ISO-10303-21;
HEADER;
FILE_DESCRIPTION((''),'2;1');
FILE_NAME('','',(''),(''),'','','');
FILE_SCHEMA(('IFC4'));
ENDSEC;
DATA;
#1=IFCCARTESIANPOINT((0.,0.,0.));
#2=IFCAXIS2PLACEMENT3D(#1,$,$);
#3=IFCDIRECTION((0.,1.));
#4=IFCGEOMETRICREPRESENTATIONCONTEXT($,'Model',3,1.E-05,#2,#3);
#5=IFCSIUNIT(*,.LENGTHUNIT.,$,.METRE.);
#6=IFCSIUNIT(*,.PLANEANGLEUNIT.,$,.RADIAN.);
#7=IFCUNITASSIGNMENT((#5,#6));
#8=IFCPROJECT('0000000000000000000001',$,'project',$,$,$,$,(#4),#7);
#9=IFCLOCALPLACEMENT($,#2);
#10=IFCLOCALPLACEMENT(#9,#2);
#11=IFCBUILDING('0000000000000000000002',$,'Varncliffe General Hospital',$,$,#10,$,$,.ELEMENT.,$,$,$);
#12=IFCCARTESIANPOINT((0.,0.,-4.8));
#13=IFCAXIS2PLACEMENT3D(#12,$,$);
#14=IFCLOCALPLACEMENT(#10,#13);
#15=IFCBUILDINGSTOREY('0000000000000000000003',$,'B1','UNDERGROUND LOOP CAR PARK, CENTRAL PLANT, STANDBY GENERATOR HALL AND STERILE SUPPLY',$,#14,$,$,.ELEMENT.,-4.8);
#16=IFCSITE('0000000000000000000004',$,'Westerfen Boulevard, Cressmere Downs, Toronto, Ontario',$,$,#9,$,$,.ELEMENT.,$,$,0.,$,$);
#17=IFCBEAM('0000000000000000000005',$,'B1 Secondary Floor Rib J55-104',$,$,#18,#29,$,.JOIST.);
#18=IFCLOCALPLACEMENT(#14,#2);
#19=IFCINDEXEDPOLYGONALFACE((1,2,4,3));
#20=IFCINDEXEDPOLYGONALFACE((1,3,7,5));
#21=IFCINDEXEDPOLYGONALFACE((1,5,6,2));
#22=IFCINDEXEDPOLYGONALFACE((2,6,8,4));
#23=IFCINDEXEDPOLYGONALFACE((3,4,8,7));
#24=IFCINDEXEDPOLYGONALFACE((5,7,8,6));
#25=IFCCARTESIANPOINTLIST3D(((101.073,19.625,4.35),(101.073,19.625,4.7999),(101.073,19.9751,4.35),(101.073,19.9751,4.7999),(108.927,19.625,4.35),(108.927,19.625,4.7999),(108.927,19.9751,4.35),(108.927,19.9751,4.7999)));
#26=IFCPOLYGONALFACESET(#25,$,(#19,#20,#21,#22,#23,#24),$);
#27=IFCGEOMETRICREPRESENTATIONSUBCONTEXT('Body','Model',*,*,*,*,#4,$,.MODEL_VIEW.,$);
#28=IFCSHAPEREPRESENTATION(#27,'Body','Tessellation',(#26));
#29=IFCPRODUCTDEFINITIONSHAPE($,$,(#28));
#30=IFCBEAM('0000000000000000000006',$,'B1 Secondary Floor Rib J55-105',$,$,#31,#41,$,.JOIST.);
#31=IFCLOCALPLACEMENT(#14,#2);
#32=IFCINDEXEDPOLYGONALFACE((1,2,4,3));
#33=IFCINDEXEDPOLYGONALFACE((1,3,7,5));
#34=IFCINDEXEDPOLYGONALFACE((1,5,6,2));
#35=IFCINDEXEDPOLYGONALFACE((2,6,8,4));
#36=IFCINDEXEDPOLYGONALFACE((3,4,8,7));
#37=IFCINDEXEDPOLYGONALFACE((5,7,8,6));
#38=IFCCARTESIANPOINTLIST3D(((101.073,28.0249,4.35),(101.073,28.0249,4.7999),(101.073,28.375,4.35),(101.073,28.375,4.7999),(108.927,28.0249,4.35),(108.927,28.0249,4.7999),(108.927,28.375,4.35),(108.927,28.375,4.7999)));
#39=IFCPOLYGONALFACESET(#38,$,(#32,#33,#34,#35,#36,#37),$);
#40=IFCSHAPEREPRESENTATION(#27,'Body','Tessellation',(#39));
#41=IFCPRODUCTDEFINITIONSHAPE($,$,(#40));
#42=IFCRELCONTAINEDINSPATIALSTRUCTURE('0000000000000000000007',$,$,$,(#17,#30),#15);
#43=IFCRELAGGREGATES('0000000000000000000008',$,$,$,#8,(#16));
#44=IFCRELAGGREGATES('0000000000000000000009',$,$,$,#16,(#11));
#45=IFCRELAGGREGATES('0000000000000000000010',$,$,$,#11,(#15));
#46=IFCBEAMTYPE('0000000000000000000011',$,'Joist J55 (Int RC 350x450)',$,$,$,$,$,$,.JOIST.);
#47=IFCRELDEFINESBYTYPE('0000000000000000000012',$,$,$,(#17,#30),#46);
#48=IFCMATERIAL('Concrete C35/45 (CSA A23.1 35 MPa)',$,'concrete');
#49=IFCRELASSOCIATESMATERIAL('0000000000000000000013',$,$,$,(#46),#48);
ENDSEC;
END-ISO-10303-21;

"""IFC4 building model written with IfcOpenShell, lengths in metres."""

from ifc_helpers import new_model, si_unit, direction, frame, origin, origin_2d, place, context, subcontext, project, spatial, rectangle, extrude, material, material_profile, profile_set, type_object, element, save


model = new_model("IFC4")

# Units and contexts
model_context = context("Model", 3, precision=1e-05, world=origin(), true_north=direction((0.0, 1.0)))
body_context = subcontext(model_context, "Body", "Model", "MODEL_VIEW")
ifc_project = project(units=[si_unit("LENGTHUNIT", "METRE"), si_unit("PLANEANGLEUNIT", "RADIAN")], contexts=[model_context])

# Site, building, storey
site_placement = place(None, origin())
site = spatial("IfcSite", under=ifc_project, at=site_placement, Name="Westerfen Boulevard, Cressmere Downs, Toronto, Ontario", CompositionType="ELEMENT", RefElevation=0.0)
building_placement = place(site_placement, origin())
building = spatial("IfcBuilding", under=site, at=building_placement, Name="Varncliffe General Hospital", CompositionType="ELEMENT")
storey_placement = place(building_placement, frame((0.0, 0.0, -4.8)))
storey = spatial("IfcBuildingStorey", under=building, at=storey_placement, Name="B1", Description="UNDERGROUND LOOP CAR PARK, CENTRAL PLANT, STANDBY GENERATOR HALL AND STERILE SUPPLY", CompositionType="ELEMENT", Elevation=-4.8)

# Beams
ifc_material_1 = material(Name="Concrete C35/45 (CSA A23.1 35 MPa)", Category="concrete")
ifc_material_profile_1 = material_profile(ifc_material_1, rectangle(XDim=0.3501, YDim=0.45, at=origin_2d()), Name="RC 350x450")
ifc_profile_set_1 = profile_set([ifc_material_profile_1], Name="Concrete C35/45 (CSA A23.1 35 MPa)")
beam_type_1 = type_object("IfcBeamType", Name="Joist J55 (Int RC 350x450)", PredefinedType="JOIST", material=ifc_profile_set_1)
for number, where, z_axis, x_axis, name in (
    (1, (101.073, 19.8, 4.575), (1.0, 0.0, 0.0), (0.0, 1.0, 0.0), "B1 Secondary Floor Rib J55-104"),
    (2, (101.073, 28.2, 4.575), (1.0, 0.0, 0.0), (0.0, 1.0, 0.0), "B1 Secondary Floor Rib J55-105"),
):
    element("IfcBeam", number, at=place(storey_placement, frame(where, z_axis=z_axis, x_axis=x_axis)), inside=storey, type_object=beam_type_1, Name=name, PredefinedType="JOIST", context=body_context, shape_type="SweptSolid", body=[
        extrude(rectangle(XDim=0.3501, YDim=0.45, at=origin_2d()), origin(), (0.0, 0.0, 1.0), 7.854),
    ])

save(model, "model.ifc")
